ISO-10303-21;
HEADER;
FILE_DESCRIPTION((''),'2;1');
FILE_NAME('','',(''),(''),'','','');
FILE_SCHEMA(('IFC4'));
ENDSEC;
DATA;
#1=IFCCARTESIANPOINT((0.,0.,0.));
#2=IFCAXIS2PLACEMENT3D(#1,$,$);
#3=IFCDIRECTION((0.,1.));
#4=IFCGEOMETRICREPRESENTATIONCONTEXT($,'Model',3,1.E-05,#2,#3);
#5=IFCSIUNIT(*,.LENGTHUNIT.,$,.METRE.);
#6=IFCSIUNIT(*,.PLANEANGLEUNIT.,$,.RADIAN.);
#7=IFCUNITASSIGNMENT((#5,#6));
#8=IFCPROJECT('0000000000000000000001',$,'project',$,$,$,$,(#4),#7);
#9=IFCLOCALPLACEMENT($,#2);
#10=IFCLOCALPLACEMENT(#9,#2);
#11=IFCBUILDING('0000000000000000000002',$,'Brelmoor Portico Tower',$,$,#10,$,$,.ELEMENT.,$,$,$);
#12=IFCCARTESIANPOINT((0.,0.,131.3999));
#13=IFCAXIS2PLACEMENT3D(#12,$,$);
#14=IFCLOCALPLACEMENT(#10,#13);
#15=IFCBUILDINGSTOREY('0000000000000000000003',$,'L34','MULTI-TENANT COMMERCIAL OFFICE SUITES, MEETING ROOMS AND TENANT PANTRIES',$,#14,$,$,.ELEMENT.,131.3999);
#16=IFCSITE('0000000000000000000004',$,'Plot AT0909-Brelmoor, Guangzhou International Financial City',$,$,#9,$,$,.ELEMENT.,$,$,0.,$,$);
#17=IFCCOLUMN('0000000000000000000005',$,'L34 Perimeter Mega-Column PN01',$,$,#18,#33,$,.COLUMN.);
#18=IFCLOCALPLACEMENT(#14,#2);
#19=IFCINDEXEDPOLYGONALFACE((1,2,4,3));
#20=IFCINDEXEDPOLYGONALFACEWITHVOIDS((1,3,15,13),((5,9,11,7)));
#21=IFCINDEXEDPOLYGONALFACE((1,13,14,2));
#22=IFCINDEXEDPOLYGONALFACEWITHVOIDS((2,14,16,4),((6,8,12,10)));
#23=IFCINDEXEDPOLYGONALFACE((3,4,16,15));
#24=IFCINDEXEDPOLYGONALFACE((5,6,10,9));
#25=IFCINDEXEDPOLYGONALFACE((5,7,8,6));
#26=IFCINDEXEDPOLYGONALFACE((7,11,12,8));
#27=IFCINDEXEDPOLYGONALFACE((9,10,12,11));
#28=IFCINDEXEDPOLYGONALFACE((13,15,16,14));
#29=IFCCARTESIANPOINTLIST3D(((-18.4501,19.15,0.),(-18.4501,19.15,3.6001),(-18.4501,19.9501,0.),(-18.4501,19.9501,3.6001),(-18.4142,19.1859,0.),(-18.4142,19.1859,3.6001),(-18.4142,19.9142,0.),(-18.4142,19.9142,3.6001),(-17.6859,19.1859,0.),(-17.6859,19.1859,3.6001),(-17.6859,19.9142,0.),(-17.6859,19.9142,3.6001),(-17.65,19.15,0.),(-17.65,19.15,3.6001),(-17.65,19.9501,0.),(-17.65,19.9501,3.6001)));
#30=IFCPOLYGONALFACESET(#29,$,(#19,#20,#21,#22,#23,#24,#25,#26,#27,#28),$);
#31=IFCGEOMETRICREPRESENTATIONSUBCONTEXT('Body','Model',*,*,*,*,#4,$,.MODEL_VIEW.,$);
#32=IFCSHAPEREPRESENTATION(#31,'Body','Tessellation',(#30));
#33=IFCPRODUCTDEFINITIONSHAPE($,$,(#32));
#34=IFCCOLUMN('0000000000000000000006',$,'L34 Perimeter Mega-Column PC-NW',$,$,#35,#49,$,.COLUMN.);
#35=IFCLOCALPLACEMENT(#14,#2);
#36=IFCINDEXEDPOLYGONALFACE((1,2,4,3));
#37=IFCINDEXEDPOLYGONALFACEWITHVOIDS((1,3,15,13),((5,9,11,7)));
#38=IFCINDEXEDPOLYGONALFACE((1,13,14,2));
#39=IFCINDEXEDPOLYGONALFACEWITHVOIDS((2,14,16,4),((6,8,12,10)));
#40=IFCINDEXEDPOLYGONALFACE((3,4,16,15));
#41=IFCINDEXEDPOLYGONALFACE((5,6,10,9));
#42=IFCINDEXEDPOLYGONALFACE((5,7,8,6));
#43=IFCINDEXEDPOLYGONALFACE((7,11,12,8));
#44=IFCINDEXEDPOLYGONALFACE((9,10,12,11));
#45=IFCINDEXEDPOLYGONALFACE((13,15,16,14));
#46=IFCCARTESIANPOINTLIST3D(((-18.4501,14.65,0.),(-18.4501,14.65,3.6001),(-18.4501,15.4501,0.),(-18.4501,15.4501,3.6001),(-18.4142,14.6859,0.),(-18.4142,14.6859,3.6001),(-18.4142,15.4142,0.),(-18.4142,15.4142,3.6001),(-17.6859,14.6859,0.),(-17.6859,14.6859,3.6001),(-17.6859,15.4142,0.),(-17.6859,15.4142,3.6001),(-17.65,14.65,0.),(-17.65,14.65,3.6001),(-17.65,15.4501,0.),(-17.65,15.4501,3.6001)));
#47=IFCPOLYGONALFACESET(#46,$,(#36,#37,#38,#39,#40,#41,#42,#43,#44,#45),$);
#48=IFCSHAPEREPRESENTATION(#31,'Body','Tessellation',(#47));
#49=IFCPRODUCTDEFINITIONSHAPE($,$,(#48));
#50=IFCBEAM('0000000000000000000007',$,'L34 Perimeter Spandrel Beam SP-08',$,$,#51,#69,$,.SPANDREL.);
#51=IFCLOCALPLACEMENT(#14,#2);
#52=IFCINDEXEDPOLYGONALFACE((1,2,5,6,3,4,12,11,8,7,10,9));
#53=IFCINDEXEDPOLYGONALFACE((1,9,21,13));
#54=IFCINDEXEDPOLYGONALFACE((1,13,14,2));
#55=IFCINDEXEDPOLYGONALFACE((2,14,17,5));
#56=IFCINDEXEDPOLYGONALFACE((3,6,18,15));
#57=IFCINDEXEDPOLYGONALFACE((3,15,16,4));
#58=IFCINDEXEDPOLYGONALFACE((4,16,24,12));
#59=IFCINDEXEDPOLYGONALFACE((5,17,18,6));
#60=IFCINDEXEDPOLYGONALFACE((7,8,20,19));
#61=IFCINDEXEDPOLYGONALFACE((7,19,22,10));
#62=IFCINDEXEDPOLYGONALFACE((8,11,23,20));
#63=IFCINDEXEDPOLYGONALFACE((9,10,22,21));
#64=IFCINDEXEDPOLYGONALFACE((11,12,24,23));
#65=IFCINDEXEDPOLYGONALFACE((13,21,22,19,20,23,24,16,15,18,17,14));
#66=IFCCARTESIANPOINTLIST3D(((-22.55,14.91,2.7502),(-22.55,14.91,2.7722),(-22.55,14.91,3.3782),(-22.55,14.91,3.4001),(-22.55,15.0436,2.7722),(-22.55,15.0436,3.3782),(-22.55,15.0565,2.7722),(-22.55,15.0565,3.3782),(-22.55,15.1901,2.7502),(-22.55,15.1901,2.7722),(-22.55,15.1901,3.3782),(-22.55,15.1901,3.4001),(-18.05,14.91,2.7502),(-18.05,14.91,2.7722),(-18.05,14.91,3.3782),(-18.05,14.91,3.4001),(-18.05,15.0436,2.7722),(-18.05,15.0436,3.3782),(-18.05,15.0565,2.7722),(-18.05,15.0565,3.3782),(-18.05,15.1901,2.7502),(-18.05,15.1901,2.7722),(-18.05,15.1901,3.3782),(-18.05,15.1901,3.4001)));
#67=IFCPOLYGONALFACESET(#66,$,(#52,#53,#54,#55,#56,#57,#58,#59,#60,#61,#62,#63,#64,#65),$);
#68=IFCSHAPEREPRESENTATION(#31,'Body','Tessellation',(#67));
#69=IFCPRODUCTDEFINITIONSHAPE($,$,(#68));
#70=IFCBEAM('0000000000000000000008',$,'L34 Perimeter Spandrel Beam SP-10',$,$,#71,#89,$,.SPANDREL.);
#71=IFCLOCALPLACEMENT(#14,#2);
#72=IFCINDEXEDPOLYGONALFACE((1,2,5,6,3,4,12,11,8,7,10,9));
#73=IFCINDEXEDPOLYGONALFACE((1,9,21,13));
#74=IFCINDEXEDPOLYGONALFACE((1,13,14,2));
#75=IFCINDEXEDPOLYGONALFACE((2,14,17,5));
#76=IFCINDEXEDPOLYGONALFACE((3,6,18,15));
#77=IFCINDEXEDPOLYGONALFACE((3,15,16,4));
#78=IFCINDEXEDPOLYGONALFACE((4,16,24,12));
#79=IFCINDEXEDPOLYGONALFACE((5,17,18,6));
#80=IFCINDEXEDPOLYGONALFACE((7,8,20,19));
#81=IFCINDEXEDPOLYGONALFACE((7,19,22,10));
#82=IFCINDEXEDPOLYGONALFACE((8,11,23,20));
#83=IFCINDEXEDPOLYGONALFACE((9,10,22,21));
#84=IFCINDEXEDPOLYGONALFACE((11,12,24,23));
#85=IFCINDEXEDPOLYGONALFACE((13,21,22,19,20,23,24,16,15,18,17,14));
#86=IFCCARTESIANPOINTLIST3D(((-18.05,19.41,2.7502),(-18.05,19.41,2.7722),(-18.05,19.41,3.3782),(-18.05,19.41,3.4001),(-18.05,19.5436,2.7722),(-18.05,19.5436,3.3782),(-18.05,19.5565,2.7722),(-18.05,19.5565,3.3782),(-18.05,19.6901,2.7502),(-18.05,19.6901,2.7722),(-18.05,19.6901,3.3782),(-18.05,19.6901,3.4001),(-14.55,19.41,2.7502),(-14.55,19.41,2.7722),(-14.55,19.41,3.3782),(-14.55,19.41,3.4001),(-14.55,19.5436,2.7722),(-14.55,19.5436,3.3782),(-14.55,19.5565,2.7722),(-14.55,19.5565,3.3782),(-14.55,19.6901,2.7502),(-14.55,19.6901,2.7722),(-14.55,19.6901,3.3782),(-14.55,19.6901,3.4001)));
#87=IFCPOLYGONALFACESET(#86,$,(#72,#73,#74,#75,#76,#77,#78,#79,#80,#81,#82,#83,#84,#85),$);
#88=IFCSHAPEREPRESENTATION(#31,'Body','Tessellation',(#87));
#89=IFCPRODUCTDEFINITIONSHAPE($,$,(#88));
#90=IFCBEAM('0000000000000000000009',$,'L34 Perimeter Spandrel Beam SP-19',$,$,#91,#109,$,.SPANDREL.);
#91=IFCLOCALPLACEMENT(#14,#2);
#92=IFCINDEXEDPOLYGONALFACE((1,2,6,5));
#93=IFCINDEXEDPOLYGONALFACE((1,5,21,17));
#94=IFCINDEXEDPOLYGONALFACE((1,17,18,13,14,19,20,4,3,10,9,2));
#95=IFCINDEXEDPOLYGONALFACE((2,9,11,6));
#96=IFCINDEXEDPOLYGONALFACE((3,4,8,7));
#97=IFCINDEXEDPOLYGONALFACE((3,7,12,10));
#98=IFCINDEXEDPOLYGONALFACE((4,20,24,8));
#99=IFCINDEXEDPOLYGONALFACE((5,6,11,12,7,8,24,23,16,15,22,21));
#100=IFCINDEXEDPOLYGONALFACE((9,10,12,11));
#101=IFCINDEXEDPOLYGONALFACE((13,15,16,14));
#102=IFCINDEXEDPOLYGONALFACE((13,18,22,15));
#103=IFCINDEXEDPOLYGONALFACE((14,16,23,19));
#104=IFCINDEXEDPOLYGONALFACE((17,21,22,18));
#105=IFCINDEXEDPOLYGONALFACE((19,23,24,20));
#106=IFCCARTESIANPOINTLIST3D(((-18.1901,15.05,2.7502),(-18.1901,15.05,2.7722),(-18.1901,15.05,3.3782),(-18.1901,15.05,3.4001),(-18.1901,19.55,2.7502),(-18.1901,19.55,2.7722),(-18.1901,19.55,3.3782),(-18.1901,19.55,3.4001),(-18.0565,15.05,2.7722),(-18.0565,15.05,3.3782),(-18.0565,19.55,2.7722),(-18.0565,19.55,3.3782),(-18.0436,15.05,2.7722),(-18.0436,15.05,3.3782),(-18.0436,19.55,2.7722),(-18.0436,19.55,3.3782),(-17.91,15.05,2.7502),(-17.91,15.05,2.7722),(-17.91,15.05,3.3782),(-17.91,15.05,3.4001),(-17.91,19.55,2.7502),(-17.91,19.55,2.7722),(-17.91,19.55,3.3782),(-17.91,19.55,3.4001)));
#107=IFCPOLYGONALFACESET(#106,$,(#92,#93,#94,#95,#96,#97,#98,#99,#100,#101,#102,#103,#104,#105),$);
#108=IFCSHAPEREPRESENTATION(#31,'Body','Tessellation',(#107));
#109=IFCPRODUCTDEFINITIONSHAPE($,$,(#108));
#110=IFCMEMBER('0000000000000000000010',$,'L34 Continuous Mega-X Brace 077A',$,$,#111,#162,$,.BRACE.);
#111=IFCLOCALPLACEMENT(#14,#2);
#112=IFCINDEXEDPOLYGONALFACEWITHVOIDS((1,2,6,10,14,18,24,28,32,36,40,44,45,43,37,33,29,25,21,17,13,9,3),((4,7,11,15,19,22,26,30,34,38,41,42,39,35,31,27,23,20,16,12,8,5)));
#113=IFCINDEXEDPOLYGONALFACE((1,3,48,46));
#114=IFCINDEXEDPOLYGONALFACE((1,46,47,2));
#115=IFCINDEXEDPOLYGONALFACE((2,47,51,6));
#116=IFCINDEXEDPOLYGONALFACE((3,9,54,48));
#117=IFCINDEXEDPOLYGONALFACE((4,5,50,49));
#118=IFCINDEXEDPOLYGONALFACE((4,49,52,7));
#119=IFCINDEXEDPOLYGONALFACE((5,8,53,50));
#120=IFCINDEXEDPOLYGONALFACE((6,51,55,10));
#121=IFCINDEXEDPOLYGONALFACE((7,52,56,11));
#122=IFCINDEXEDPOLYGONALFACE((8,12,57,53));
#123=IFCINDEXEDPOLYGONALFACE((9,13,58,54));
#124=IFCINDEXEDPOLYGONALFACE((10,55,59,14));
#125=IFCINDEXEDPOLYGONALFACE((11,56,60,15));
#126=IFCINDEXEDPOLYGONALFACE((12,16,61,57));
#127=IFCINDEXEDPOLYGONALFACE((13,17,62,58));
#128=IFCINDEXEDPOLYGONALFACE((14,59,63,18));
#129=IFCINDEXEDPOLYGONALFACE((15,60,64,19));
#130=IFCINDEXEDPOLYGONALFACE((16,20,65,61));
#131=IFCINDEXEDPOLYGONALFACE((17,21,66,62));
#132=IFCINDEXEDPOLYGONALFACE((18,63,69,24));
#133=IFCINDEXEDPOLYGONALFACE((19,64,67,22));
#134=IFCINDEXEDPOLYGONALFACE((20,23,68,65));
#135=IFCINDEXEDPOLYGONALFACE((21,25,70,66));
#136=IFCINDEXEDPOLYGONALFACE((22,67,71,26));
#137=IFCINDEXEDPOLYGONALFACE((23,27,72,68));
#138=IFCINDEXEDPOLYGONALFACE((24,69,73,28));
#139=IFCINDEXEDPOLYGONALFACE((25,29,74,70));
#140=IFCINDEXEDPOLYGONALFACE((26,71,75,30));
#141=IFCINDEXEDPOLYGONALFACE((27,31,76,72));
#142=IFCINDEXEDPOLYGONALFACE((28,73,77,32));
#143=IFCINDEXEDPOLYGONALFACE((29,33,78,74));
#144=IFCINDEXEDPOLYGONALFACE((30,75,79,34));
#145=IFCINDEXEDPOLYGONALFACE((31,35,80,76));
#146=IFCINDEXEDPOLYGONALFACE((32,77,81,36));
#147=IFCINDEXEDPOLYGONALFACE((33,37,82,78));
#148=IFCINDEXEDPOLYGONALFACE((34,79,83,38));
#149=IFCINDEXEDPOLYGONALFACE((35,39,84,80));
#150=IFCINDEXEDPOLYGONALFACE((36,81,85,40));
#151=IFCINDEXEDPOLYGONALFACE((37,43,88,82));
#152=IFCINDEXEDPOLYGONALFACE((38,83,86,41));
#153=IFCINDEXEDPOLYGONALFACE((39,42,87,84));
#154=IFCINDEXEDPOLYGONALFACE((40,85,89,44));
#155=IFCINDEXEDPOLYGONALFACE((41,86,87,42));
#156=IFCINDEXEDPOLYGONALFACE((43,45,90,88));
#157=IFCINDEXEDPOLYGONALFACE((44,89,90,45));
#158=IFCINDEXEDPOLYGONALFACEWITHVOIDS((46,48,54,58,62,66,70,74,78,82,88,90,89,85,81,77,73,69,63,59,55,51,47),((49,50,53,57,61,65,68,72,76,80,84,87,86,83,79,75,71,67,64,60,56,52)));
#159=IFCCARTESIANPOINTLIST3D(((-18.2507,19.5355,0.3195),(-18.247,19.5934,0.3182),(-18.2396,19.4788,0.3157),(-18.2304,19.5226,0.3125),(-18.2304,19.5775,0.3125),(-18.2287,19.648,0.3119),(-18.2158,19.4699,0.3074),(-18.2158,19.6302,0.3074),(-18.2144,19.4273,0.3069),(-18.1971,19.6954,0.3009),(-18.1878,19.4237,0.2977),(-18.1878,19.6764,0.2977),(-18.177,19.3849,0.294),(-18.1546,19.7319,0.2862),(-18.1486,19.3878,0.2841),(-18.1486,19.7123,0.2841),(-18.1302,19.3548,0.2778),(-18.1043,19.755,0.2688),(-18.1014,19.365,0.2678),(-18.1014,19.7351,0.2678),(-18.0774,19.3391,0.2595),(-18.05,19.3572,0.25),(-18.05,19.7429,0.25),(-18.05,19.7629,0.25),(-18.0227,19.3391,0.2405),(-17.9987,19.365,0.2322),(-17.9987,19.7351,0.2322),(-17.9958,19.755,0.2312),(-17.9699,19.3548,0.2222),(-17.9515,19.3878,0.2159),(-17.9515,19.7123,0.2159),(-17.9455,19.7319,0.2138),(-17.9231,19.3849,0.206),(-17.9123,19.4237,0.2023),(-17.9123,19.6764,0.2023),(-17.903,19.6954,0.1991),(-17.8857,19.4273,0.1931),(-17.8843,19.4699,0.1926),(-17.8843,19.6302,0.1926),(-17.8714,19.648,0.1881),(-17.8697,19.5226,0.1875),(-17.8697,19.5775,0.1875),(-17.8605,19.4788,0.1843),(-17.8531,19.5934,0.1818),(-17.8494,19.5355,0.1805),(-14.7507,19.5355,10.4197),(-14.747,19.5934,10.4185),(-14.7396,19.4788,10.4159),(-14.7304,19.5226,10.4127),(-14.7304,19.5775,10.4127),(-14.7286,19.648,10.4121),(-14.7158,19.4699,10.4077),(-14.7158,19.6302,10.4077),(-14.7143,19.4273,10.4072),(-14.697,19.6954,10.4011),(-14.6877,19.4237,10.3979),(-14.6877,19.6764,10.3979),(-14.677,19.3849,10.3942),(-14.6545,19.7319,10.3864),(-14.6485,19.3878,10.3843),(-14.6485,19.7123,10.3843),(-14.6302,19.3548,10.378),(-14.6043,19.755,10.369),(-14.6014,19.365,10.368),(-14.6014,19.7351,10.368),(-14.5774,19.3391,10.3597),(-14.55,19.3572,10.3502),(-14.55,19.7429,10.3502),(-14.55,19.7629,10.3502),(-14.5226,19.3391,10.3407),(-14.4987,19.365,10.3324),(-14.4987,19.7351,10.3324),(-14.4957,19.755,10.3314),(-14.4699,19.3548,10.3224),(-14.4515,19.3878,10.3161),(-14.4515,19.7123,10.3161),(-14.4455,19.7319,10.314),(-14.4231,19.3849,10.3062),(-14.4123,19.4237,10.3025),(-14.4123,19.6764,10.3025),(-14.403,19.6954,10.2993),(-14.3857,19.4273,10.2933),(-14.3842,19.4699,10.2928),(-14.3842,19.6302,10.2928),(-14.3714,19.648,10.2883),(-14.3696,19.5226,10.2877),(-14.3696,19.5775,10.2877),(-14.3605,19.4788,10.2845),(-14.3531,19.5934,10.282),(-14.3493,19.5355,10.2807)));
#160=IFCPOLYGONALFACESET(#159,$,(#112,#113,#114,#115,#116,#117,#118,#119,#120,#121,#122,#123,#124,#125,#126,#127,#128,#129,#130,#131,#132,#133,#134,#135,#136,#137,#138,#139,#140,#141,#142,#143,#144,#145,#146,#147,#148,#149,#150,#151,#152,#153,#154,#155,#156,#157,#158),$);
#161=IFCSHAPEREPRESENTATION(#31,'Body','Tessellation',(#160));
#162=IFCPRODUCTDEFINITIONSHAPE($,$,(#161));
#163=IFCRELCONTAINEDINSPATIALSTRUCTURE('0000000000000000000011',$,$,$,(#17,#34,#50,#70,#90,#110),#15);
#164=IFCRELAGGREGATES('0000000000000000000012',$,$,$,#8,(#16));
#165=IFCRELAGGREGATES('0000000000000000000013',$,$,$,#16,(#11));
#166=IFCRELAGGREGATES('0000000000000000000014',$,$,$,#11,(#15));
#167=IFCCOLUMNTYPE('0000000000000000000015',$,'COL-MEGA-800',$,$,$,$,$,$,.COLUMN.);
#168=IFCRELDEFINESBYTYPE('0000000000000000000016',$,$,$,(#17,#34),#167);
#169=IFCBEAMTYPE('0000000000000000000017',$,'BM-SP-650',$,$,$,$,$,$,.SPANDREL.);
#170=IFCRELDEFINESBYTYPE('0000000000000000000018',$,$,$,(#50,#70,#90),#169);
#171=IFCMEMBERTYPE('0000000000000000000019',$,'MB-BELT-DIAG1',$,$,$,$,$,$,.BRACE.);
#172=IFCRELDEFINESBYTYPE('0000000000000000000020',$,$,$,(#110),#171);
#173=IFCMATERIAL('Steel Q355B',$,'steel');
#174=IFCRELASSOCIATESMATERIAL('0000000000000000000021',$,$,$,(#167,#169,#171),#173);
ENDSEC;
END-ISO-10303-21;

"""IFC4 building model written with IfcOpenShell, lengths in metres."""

from ifc_helpers import new_model, si_unit, direction, frame, origin, origin_2d, place, context, subcontext, project, spatial, hollow_rectangle, hollow_circle, i_section, extrude, material, material_profile, profile_set, type_object, element, save


model = new_model("IFC4")

# Units and contexts
model_context = context("Model", 3, precision=1e-05, world=origin(), true_north=direction((0.0, 1.0)))
body_context = subcontext(model_context, "Body", "Model", "MODEL_VIEW")
ifc_project = project(units=[si_unit("LENGTHUNIT", "METRE"), si_unit("PLANEANGLEUNIT", "RADIAN")], contexts=[model_context])

# Site, building, storey
site_placement = place(None, origin())
site = spatial("IfcSite", under=ifc_project, at=site_placement, Name="Plot AT0909-Brelmoor, Guangzhou International Financial City", CompositionType="ELEMENT", RefElevation=0.0)
building_placement = place(site_placement, origin())
building = spatial("IfcBuilding", under=site, at=building_placement, Name="Brelmoor Portico Tower", CompositionType="ELEMENT")
storey_placement = place(building_placement, frame((0.0, 0.0, 131.3999)))
storey = spatial("IfcBuildingStorey", under=building, at=storey_placement, Name="L34", Description="MULTI-TENANT COMMERCIAL OFFICE SUITES, MEETING ROOMS AND TENANT PANTRIES", CompositionType="ELEMENT", Elevation=131.3999)

# Columns
ifc_material_1 = material(Name="Steel Q355B", Category="steel")
ifc_material_profile_1 = material_profile(ifc_material_1, hollow_rectangle(XDim=0.8, YDim=0.8, WallThickness=0.0359, at=origin_2d()), Name="BOX 800x800x36")
ifc_profile_set_1 = profile_set([ifc_material_profile_1], Name="Steel Q355B")
column_type = type_object("IfcColumnType", Name="COL-MEGA-800", PredefinedType="COLUMN", material=ifc_profile_set_1)
for number, where, z_axis, x_axis, name in (
    (1, (-18.05, 19.55, 0.0), (0.0, 0.0, 1.0), (1.0, 0.0, 0.0), "L34 Perimeter Mega-Column PN01"),
    (2, (-18.05, 15.05, 0.0), (0.0, 0.0, 1.0), (1.0, 0.0, 0.0), "L34 Perimeter Mega-Column PC-NW"),
):
    element("IfcColumn", number, at=place(storey_placement, frame(where, z_axis=z_axis, x_axis=x_axis)), inside=storey, type_object=column_type, Name=name, PredefinedType="COLUMN", context=body_context, shape_type="SweptSolid", body=[
        extrude(hollow_rectangle(XDim=0.8, YDim=0.8, WallThickness=0.0359, at=origin_2d()), origin(), (0.0, 0.0, 1.0), 3.6001),
    ])

# Beams
ifc_material_profile_2 = material_profile(ifc_material_1, i_section(OverallWidth=0.28, OverallDepth=0.6499, WebThickness=0.0129, FlangeThickness=0.022, at=origin_2d()), Name="HN 650x280x13x22")
ifc_profile_set_2 = profile_set([ifc_material_profile_2], Name="Steel Q355B")
beam_type = type_object("IfcBeamType", Name="BM-SP-650", PredefinedType="SPANDREL", material=ifc_profile_set_2)
beam_1_placement = place(storey_placement, frame((-22.55, 15.05, 3.0752), z_axis=(1.0, 0.0, 0.0), x_axis=(0.0, 1.0, 0.0)))
element("IfcBeam", 3, at=beam_1_placement, inside=storey, type_object=beam_type, Name="L34 Perimeter Spandrel Beam SP-08", PredefinedType="SPANDREL", context=body_context, shape_type="SweptSolid", body=[
    extrude(i_section(OverallWidth=0.28, OverallDepth=0.6499, WebThickness=0.0129, FlangeThickness=0.022, at=origin_2d()), origin(), (0.0, 0.0, 1.0), 4.5),
])
beam_2_placement = place(storey_placement, frame((-18.05, 19.55, 3.0752), z_axis=(1.0, 0.0, 0.0), x_axis=(0.0, 1.0, 0.0)))
element("IfcBeam", 4, at=beam_2_placement, inside=storey, type_object=beam_type, Name="L34 Perimeter Spandrel Beam SP-10", PredefinedType="SPANDREL", context=body_context, shape_type="SweptSolid", body=[
    extrude(i_section(OverallWidth=0.28, OverallDepth=0.6499, WebThickness=0.0129, FlangeThickness=0.022, at=origin_2d()), origin(), (0.0, 0.0, 1.0), 3.5),
])
beam_3_placement = place(storey_placement, frame((-18.05, 15.05, 3.0752), z_axis=(0.0, 1.0, 0.0), x_axis=(-1.0, 0.0, 0.0)))
element("IfcBeam", 5, at=beam_3_placement, inside=storey, type_object=beam_type, Name="L34 Perimeter Spandrel Beam SP-19", PredefinedType="SPANDREL", context=body_context, shape_type="SweptSolid", body=[
    extrude(i_section(OverallWidth=0.28, OverallDepth=0.6499, WebThickness=0.0129, FlangeThickness=0.022, at=origin_2d()), origin(), (0.0, 0.0, 1.0), 4.5),
])

# Member
ifc_material_profile_3 = material_profile(ifc_material_1, hollow_circle(Radius=0.2129, WallThickness=0.02, at=origin_2d()), Name="CHS 426x20")
ifc_profile_set_3 = profile_set([ifc_material_profile_3], Name="Steel Q355B")
member_type_1 = type_object("IfcMemberType", Name="MB-BELT-DIAG1", PredefinedType="BRACE", material=ifc_profile_set_3)
member_1_placement = place(storey_placement, frame((-18.05, 19.55, 0.25), z_axis=(0.327429, 0.0, 0.944876), x_axis=(0.0, 1.0, 0.0)))
element("IfcMember", 6, at=member_1_placement, inside=storey, type_object=member_type_1, Name="L34 Continuous Mega-X Brace 077A", PredefinedType="BRACE", context=body_context, shape_type="SweptSolid", body=[
    extrude(hollow_circle(Radius=0.2129, WallThickness=0.02, at=origin_2d()), origin(), (0.0, 0.0, 1.0), 10.6895),
])

save(model, "model.ifc")
